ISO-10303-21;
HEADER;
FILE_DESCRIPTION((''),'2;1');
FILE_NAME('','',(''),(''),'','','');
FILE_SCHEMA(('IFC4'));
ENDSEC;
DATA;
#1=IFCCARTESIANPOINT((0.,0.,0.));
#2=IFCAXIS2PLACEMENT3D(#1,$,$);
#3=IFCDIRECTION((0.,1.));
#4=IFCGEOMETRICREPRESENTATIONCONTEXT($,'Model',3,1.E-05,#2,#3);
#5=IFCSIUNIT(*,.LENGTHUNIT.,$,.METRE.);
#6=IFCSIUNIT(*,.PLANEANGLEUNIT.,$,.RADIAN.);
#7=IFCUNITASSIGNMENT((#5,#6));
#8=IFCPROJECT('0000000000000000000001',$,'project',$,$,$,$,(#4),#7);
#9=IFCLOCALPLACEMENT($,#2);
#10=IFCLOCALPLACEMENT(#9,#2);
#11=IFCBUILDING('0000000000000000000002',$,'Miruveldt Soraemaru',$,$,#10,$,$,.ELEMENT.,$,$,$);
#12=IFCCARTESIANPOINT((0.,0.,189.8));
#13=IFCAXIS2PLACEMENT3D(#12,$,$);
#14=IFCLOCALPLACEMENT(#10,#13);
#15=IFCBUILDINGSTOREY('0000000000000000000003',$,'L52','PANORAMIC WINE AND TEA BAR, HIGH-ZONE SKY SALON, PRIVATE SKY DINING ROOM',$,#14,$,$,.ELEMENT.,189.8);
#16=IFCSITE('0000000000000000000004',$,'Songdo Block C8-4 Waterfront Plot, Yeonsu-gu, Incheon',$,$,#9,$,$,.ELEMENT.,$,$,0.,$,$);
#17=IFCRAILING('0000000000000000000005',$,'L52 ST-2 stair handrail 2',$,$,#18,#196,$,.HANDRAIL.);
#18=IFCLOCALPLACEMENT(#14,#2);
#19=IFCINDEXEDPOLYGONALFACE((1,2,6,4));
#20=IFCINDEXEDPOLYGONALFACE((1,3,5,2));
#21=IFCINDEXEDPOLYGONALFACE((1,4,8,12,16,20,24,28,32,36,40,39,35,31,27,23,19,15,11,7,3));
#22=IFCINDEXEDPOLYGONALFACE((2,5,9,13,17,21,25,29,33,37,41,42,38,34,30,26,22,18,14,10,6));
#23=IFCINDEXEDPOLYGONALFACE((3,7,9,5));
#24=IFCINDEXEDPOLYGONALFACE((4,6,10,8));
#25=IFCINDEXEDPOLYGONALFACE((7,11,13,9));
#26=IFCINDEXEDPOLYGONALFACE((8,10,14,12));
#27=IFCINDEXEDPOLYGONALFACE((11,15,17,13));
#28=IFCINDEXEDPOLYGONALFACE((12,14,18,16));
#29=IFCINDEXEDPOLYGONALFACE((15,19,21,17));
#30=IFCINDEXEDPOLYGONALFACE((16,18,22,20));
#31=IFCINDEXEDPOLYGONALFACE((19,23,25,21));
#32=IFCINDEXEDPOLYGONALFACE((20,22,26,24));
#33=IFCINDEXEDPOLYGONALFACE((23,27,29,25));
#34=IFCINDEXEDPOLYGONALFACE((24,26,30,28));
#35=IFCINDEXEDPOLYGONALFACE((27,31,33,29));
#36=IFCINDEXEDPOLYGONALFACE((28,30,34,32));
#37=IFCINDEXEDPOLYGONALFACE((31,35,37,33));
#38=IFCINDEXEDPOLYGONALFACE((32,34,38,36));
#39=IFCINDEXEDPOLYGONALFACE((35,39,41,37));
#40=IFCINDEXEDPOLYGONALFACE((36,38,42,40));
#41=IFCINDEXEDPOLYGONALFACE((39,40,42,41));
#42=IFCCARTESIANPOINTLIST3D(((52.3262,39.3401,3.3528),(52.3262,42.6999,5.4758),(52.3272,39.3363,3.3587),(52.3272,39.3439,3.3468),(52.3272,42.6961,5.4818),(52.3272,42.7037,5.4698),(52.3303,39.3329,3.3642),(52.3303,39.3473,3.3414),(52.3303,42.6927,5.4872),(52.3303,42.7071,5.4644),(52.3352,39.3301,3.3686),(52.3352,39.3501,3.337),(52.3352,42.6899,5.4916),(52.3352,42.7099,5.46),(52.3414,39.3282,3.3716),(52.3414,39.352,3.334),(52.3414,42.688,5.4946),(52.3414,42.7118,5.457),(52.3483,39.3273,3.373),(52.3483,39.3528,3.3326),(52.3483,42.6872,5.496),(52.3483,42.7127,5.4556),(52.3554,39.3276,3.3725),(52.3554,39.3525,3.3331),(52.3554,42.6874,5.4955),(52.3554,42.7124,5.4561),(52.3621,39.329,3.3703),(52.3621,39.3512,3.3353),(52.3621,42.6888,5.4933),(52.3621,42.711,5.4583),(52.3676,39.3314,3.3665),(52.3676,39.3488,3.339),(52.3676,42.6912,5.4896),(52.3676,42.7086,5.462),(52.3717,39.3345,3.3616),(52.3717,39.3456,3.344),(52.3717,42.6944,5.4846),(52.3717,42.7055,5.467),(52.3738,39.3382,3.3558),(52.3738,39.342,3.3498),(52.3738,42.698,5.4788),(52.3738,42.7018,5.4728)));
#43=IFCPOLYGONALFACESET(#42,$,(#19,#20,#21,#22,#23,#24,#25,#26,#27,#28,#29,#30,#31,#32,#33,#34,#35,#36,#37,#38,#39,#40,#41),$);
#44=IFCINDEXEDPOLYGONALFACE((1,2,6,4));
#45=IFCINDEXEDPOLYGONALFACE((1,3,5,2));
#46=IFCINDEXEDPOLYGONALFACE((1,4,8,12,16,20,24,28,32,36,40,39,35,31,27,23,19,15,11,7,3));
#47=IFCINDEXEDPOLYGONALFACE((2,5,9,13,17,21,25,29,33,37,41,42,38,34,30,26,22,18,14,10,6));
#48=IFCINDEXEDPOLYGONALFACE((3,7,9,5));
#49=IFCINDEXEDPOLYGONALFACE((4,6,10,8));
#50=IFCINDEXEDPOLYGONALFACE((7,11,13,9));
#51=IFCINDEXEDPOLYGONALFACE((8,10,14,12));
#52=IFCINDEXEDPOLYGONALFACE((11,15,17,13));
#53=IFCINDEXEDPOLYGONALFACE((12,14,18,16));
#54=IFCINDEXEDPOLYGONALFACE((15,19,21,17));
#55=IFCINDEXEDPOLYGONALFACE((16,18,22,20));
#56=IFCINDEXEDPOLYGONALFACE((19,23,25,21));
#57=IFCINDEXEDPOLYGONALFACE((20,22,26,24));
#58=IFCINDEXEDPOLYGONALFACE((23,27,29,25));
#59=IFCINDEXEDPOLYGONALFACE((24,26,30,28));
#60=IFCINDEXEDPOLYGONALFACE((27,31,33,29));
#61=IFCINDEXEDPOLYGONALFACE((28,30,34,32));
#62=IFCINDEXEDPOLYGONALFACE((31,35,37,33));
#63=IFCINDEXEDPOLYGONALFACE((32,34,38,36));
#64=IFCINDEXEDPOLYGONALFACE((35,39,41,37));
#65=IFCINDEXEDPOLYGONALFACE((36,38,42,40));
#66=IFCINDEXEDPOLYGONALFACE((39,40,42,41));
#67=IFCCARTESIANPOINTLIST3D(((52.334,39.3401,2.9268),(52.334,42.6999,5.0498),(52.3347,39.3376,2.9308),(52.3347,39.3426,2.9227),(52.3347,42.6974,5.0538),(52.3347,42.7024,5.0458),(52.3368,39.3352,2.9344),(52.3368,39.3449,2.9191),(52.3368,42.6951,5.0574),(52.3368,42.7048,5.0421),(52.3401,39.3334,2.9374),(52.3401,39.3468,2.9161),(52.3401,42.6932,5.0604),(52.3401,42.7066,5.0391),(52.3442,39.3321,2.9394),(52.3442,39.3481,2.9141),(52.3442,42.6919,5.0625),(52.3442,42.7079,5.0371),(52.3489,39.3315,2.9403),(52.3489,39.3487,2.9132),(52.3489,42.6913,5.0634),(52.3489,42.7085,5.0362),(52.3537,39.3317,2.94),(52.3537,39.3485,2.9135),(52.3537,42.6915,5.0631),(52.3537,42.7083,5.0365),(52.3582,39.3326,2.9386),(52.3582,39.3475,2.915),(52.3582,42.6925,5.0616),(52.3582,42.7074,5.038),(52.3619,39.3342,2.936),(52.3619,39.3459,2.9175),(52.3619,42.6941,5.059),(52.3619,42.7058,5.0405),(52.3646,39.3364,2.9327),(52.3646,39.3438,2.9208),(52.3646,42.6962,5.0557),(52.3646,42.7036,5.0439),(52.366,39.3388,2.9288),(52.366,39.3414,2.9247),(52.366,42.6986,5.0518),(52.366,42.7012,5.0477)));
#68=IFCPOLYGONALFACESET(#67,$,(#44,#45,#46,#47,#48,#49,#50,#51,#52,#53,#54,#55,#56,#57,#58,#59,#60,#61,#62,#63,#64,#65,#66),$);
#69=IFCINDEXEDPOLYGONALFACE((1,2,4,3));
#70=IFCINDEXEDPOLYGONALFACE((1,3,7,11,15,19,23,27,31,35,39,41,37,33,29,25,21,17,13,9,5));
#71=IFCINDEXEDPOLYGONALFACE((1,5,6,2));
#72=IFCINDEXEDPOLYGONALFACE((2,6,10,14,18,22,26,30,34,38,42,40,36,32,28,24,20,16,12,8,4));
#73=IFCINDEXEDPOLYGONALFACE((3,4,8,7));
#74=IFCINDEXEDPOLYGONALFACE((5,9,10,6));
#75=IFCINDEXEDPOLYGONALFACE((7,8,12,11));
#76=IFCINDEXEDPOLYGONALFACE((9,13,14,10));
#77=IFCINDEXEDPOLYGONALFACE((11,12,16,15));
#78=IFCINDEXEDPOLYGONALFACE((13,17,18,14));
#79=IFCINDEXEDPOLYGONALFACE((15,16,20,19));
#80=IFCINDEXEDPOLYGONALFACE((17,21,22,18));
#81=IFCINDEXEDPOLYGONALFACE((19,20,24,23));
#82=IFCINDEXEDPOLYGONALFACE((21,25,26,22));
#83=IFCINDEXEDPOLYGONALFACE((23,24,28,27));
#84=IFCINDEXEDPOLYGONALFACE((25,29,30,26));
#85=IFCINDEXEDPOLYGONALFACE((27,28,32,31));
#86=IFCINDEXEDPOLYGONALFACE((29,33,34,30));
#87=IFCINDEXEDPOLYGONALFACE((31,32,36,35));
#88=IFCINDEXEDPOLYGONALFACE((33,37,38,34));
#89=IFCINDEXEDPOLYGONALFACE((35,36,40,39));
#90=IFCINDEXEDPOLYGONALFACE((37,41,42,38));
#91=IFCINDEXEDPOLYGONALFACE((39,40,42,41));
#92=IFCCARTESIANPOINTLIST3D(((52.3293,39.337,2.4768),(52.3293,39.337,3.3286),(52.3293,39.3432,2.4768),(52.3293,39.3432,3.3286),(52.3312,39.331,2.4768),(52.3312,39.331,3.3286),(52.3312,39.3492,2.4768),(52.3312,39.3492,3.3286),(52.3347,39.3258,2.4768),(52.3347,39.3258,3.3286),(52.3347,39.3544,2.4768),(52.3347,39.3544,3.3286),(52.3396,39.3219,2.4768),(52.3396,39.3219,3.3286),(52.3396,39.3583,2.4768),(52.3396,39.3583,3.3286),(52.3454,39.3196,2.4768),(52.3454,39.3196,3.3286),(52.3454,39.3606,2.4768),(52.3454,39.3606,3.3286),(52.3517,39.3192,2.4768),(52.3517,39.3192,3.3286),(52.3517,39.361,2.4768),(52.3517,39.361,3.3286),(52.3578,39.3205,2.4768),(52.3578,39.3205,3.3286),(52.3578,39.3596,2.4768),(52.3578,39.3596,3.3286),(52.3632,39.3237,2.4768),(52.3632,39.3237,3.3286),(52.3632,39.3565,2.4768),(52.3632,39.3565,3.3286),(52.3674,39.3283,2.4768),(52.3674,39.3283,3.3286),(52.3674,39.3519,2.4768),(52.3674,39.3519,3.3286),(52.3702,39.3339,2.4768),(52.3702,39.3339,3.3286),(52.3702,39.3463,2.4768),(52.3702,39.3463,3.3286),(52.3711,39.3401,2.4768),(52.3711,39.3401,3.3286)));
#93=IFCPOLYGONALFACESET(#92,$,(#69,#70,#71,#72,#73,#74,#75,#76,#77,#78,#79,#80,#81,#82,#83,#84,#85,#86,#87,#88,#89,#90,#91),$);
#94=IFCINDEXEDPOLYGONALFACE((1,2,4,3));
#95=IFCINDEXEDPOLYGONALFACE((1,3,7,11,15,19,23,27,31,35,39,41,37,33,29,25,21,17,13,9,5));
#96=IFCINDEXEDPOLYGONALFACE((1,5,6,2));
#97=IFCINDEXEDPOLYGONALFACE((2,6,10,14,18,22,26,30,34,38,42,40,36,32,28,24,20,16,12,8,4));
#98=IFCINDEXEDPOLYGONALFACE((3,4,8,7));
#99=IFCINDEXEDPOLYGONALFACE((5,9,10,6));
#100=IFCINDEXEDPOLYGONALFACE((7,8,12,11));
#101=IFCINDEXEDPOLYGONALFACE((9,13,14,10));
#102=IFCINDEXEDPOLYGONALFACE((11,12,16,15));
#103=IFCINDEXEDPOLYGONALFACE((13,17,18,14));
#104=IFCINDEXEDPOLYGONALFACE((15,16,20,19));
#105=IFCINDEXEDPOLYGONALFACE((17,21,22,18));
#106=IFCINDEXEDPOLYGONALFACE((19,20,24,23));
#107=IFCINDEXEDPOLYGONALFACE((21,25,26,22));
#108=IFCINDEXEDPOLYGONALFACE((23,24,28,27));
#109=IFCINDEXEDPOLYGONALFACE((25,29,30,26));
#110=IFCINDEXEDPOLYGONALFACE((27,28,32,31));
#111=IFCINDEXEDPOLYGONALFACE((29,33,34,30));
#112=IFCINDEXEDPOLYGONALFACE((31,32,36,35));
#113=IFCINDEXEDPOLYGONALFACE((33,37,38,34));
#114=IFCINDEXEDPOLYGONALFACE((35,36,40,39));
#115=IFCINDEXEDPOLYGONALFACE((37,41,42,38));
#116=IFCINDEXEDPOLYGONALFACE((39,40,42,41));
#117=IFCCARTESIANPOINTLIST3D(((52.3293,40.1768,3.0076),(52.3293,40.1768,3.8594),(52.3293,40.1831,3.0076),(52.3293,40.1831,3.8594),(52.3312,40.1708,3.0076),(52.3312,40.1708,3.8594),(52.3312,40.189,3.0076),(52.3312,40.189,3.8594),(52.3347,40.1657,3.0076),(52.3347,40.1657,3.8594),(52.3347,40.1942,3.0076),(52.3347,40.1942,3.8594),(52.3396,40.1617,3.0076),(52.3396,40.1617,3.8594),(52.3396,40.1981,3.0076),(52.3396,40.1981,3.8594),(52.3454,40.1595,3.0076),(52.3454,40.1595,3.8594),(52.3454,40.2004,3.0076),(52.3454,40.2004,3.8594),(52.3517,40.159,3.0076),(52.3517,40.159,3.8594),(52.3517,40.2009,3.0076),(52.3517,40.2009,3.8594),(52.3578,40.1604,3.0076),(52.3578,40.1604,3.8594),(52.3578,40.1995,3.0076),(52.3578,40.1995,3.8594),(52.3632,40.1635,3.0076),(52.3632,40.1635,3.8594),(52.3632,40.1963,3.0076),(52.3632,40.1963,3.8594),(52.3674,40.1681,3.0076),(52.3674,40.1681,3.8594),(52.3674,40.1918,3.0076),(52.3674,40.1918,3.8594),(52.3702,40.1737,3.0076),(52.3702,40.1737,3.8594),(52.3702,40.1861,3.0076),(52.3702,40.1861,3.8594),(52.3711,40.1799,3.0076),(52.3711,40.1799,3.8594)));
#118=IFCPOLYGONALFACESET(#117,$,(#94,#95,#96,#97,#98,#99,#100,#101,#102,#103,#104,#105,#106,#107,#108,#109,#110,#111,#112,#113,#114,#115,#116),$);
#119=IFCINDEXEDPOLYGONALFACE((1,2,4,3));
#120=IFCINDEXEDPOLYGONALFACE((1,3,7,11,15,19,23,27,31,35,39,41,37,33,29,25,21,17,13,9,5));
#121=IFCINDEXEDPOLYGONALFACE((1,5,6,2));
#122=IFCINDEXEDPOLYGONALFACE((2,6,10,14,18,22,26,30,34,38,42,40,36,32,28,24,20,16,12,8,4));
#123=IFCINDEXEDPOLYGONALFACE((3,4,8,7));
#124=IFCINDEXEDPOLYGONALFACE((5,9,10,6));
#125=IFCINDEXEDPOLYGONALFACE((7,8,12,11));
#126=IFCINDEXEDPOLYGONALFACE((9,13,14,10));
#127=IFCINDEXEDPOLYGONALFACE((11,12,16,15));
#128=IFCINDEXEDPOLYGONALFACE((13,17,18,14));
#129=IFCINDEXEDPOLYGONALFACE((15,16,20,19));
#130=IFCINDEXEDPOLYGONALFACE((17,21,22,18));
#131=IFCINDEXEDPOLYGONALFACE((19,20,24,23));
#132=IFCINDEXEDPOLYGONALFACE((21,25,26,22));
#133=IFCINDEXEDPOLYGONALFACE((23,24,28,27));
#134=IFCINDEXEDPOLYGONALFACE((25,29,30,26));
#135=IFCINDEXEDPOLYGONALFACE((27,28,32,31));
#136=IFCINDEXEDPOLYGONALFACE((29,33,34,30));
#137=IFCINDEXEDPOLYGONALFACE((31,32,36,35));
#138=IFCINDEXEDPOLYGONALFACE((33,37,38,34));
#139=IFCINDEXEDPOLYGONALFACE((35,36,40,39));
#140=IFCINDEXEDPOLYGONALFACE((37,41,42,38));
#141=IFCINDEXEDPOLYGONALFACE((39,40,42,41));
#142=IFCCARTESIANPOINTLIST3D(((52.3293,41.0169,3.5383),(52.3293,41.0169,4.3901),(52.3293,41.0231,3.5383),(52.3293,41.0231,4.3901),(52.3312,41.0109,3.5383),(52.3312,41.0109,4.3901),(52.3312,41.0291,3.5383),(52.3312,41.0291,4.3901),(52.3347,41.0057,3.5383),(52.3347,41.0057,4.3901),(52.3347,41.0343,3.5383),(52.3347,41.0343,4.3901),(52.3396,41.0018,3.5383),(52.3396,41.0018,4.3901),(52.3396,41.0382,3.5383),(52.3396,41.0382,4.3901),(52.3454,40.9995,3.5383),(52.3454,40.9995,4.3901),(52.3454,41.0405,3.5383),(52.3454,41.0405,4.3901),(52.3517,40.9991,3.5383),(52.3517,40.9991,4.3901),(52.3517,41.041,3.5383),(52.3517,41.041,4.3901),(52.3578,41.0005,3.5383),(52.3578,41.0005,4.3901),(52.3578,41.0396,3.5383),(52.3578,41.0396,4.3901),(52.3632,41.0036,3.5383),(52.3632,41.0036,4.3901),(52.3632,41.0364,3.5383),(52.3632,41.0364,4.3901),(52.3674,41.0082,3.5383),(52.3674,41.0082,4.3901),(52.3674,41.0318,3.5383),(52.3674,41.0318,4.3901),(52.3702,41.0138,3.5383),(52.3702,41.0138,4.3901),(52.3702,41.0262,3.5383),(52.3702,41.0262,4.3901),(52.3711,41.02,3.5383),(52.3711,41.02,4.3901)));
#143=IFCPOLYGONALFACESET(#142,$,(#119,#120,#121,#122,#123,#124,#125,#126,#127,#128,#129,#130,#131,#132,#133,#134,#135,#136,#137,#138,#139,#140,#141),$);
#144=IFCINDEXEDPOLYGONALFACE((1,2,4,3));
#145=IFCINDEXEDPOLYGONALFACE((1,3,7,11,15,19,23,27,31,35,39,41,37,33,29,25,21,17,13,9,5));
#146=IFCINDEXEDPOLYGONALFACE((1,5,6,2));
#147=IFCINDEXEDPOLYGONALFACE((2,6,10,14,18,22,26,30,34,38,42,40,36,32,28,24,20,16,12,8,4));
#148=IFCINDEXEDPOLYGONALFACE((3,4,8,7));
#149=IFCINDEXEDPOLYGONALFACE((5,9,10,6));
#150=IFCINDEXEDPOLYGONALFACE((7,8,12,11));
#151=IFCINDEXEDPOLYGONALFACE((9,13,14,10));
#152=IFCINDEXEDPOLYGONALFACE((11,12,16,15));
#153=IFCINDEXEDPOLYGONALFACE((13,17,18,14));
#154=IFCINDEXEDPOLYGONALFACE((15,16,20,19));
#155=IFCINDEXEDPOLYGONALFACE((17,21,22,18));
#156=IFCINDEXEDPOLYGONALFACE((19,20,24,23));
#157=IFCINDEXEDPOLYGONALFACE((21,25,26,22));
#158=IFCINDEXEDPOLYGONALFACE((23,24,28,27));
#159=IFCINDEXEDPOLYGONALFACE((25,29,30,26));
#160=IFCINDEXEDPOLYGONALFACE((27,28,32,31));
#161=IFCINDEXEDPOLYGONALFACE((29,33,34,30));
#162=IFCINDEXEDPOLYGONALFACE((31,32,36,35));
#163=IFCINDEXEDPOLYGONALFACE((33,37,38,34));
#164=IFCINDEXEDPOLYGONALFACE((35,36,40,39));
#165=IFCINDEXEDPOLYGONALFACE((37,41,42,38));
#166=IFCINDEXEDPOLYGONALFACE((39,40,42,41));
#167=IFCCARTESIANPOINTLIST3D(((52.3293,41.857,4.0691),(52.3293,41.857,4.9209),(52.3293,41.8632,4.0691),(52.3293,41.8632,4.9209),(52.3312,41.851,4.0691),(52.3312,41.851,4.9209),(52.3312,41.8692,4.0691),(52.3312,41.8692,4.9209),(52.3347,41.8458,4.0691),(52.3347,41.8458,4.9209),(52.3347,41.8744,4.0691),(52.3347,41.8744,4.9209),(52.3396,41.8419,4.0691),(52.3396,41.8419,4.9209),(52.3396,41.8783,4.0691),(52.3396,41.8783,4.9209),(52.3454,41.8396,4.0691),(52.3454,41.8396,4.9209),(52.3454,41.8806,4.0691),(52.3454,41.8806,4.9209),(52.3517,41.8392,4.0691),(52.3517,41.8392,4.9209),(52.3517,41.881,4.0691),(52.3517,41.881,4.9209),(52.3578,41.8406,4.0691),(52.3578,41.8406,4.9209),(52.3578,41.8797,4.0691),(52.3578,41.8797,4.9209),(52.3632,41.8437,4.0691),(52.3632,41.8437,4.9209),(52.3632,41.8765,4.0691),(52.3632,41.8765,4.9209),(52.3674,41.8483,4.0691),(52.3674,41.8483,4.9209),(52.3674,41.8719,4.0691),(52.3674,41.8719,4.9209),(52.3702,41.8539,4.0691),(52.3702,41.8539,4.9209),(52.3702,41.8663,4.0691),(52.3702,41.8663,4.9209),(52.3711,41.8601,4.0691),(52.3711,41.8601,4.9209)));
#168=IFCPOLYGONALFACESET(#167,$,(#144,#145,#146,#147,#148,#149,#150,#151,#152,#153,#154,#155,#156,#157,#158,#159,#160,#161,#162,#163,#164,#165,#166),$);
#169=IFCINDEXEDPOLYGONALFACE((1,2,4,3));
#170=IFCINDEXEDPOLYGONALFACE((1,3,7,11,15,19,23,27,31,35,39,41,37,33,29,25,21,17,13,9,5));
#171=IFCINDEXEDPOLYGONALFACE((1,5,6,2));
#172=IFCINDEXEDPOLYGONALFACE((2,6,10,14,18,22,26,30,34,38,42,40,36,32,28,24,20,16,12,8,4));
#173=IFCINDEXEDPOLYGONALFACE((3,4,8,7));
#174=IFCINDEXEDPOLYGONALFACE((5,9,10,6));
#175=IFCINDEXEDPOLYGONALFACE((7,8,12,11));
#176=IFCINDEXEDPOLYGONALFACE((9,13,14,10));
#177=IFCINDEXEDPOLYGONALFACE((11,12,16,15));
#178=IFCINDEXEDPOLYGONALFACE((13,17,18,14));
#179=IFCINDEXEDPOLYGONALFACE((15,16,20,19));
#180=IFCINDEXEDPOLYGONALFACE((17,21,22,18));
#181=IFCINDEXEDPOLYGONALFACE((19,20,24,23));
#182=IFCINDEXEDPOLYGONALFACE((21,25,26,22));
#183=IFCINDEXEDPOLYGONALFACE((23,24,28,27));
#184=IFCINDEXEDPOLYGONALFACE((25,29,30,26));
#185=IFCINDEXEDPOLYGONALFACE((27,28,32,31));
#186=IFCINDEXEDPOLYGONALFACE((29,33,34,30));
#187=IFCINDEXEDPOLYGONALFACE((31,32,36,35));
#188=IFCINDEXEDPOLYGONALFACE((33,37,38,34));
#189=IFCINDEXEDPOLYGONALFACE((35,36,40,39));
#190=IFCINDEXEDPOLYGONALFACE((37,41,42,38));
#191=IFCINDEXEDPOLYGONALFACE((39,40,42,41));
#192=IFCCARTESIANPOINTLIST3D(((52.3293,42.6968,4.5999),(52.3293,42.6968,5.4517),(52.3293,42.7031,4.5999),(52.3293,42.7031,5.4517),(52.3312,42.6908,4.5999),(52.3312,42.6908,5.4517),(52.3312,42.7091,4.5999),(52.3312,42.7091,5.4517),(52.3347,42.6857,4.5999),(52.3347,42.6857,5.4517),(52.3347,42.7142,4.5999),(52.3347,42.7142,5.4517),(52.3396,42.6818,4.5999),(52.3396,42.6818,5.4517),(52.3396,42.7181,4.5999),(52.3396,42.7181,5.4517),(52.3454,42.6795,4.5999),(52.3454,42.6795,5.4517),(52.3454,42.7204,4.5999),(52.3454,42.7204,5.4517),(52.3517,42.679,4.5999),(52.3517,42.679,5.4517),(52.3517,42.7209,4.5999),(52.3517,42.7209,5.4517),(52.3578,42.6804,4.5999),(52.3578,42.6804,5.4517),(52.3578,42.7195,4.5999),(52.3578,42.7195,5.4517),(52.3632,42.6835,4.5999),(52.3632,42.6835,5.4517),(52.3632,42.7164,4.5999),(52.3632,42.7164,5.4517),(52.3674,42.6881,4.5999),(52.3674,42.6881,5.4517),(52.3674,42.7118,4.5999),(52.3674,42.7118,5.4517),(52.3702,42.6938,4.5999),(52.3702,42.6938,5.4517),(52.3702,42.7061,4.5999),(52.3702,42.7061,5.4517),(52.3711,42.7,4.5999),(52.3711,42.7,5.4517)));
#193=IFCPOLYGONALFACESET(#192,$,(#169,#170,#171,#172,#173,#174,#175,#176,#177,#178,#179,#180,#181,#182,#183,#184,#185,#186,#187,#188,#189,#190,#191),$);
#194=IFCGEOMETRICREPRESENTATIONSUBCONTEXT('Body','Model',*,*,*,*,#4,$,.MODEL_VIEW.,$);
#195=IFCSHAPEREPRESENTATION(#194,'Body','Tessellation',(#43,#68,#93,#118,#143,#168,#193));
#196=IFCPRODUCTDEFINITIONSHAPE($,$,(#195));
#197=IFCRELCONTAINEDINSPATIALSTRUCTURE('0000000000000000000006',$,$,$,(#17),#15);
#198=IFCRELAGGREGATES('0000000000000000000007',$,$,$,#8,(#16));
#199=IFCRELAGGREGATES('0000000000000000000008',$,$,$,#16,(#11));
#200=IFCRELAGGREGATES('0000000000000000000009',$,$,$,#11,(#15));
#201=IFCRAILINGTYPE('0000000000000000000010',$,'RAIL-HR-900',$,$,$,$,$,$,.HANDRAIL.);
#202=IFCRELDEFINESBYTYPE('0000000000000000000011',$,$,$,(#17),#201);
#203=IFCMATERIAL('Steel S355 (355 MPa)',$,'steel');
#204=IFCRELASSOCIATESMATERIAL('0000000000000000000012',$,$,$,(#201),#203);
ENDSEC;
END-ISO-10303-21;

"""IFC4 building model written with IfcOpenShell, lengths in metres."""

from ifc_helpers import new_model, si_unit, direction, frame, origin, origin_2d, place, context, subcontext, project, spatial, circle, extrude, material, type_object, element, save


model = new_model("IFC4")

# Units and contexts
model_context = context("Model", 3, precision=1e-05, world=origin(), true_north=direction((0.0, 1.0)))
body_context = subcontext(model_context, "Body", "Model", "MODEL_VIEW")
ifc_project = project(units=[si_unit("LENGTHUNIT", "METRE"), si_unit("PLANEANGLEUNIT", "RADIAN")], contexts=[model_context])

# Site, building, storey
site_placement = place(None, origin())
site = spatial("IfcSite", under=ifc_project, at=site_placement, Name="Songdo Block C8-4 Waterfront Plot, Yeonsu-gu, Incheon", CompositionType="ELEMENT", RefElevation=0.0)
building_placement = place(site_placement, origin())
building = spatial("IfcBuilding", under=site, at=building_placement, Name="Miruveldt Soraemaru", CompositionType="ELEMENT")
storey_placement = place(building_placement, frame((0.0, 0.0, 189.8)))
storey = spatial("IfcBuildingStorey", under=building, at=storey_placement, Name="L52", Description="PANORAMIC WINE AND TEA BAR, HIGH-ZONE SKY SALON, PRIVATE SKY DINING ROOM", CompositionType="ELEMENT", Elevation=189.8)

# Railing
ifc_material_1 = material(Name="Steel S355 (355 MPa)", Category="steel")
railing_type_1 = type_object("IfcRailingType", Name="RAIL-HR-900", PredefinedType="HANDRAIL", material=ifc_material_1)
railing_1_placement = place(storey_placement, frame((52.3501, 39.3401, 2.4768)))
element("IfcRailing", 1, at=railing_1_placement, inside=storey, type_object=railing_type_1, Name="L52 ST-2 stair handrail 2", PredefinedType="HANDRAIL", context=body_context, shape_type="SweptSolid", body=[
    extrude(circle(Radius=0.0239, at=origin_2d()), frame((0.0, 0.0, 0.876), z_axis=(0.0, 0.845372, 0.534178), x_axis=(-1.0, 0.0, 0.0)), (0.0, 0.0, 1.0), 3.9744),
    extrude(circle(Radius=0.0161, at=origin_2d()), frame((0.0, 0.0, 0.45), z_axis=(0.0, 0.845372, 0.534178), x_axis=(-1.0, 0.0, 0.0)), (0.0, 0.0, 1.0), 3.9744),
    extrude(circle(Radius=0.021, at=origin_2d()), origin(), (0.0, 0.0, 1.0), 0.8518),
    extrude(circle(Radius=0.021, at=origin_2d()), frame((0.0, 0.8398, 0.5308)), (0.0, 0.0, 1.0), 0.8518),
    extrude(circle(Radius=0.021, at=origin_2d()), frame((0.0, 1.6799, 1.0615)), (0.0, 0.0, 1.0), 0.8518),
    extrude(circle(Radius=0.021, at=origin_2d()), frame((0.0, 2.52, 1.5923)), (0.0, 0.0, 1.0), 0.8518),
    extrude(circle(Radius=0.021, at=origin_2d()), frame((0.0, 3.3599, 2.123)), (0.0, 0.0, 1.0), 0.8518),
])

save(model, "model.ifc")
